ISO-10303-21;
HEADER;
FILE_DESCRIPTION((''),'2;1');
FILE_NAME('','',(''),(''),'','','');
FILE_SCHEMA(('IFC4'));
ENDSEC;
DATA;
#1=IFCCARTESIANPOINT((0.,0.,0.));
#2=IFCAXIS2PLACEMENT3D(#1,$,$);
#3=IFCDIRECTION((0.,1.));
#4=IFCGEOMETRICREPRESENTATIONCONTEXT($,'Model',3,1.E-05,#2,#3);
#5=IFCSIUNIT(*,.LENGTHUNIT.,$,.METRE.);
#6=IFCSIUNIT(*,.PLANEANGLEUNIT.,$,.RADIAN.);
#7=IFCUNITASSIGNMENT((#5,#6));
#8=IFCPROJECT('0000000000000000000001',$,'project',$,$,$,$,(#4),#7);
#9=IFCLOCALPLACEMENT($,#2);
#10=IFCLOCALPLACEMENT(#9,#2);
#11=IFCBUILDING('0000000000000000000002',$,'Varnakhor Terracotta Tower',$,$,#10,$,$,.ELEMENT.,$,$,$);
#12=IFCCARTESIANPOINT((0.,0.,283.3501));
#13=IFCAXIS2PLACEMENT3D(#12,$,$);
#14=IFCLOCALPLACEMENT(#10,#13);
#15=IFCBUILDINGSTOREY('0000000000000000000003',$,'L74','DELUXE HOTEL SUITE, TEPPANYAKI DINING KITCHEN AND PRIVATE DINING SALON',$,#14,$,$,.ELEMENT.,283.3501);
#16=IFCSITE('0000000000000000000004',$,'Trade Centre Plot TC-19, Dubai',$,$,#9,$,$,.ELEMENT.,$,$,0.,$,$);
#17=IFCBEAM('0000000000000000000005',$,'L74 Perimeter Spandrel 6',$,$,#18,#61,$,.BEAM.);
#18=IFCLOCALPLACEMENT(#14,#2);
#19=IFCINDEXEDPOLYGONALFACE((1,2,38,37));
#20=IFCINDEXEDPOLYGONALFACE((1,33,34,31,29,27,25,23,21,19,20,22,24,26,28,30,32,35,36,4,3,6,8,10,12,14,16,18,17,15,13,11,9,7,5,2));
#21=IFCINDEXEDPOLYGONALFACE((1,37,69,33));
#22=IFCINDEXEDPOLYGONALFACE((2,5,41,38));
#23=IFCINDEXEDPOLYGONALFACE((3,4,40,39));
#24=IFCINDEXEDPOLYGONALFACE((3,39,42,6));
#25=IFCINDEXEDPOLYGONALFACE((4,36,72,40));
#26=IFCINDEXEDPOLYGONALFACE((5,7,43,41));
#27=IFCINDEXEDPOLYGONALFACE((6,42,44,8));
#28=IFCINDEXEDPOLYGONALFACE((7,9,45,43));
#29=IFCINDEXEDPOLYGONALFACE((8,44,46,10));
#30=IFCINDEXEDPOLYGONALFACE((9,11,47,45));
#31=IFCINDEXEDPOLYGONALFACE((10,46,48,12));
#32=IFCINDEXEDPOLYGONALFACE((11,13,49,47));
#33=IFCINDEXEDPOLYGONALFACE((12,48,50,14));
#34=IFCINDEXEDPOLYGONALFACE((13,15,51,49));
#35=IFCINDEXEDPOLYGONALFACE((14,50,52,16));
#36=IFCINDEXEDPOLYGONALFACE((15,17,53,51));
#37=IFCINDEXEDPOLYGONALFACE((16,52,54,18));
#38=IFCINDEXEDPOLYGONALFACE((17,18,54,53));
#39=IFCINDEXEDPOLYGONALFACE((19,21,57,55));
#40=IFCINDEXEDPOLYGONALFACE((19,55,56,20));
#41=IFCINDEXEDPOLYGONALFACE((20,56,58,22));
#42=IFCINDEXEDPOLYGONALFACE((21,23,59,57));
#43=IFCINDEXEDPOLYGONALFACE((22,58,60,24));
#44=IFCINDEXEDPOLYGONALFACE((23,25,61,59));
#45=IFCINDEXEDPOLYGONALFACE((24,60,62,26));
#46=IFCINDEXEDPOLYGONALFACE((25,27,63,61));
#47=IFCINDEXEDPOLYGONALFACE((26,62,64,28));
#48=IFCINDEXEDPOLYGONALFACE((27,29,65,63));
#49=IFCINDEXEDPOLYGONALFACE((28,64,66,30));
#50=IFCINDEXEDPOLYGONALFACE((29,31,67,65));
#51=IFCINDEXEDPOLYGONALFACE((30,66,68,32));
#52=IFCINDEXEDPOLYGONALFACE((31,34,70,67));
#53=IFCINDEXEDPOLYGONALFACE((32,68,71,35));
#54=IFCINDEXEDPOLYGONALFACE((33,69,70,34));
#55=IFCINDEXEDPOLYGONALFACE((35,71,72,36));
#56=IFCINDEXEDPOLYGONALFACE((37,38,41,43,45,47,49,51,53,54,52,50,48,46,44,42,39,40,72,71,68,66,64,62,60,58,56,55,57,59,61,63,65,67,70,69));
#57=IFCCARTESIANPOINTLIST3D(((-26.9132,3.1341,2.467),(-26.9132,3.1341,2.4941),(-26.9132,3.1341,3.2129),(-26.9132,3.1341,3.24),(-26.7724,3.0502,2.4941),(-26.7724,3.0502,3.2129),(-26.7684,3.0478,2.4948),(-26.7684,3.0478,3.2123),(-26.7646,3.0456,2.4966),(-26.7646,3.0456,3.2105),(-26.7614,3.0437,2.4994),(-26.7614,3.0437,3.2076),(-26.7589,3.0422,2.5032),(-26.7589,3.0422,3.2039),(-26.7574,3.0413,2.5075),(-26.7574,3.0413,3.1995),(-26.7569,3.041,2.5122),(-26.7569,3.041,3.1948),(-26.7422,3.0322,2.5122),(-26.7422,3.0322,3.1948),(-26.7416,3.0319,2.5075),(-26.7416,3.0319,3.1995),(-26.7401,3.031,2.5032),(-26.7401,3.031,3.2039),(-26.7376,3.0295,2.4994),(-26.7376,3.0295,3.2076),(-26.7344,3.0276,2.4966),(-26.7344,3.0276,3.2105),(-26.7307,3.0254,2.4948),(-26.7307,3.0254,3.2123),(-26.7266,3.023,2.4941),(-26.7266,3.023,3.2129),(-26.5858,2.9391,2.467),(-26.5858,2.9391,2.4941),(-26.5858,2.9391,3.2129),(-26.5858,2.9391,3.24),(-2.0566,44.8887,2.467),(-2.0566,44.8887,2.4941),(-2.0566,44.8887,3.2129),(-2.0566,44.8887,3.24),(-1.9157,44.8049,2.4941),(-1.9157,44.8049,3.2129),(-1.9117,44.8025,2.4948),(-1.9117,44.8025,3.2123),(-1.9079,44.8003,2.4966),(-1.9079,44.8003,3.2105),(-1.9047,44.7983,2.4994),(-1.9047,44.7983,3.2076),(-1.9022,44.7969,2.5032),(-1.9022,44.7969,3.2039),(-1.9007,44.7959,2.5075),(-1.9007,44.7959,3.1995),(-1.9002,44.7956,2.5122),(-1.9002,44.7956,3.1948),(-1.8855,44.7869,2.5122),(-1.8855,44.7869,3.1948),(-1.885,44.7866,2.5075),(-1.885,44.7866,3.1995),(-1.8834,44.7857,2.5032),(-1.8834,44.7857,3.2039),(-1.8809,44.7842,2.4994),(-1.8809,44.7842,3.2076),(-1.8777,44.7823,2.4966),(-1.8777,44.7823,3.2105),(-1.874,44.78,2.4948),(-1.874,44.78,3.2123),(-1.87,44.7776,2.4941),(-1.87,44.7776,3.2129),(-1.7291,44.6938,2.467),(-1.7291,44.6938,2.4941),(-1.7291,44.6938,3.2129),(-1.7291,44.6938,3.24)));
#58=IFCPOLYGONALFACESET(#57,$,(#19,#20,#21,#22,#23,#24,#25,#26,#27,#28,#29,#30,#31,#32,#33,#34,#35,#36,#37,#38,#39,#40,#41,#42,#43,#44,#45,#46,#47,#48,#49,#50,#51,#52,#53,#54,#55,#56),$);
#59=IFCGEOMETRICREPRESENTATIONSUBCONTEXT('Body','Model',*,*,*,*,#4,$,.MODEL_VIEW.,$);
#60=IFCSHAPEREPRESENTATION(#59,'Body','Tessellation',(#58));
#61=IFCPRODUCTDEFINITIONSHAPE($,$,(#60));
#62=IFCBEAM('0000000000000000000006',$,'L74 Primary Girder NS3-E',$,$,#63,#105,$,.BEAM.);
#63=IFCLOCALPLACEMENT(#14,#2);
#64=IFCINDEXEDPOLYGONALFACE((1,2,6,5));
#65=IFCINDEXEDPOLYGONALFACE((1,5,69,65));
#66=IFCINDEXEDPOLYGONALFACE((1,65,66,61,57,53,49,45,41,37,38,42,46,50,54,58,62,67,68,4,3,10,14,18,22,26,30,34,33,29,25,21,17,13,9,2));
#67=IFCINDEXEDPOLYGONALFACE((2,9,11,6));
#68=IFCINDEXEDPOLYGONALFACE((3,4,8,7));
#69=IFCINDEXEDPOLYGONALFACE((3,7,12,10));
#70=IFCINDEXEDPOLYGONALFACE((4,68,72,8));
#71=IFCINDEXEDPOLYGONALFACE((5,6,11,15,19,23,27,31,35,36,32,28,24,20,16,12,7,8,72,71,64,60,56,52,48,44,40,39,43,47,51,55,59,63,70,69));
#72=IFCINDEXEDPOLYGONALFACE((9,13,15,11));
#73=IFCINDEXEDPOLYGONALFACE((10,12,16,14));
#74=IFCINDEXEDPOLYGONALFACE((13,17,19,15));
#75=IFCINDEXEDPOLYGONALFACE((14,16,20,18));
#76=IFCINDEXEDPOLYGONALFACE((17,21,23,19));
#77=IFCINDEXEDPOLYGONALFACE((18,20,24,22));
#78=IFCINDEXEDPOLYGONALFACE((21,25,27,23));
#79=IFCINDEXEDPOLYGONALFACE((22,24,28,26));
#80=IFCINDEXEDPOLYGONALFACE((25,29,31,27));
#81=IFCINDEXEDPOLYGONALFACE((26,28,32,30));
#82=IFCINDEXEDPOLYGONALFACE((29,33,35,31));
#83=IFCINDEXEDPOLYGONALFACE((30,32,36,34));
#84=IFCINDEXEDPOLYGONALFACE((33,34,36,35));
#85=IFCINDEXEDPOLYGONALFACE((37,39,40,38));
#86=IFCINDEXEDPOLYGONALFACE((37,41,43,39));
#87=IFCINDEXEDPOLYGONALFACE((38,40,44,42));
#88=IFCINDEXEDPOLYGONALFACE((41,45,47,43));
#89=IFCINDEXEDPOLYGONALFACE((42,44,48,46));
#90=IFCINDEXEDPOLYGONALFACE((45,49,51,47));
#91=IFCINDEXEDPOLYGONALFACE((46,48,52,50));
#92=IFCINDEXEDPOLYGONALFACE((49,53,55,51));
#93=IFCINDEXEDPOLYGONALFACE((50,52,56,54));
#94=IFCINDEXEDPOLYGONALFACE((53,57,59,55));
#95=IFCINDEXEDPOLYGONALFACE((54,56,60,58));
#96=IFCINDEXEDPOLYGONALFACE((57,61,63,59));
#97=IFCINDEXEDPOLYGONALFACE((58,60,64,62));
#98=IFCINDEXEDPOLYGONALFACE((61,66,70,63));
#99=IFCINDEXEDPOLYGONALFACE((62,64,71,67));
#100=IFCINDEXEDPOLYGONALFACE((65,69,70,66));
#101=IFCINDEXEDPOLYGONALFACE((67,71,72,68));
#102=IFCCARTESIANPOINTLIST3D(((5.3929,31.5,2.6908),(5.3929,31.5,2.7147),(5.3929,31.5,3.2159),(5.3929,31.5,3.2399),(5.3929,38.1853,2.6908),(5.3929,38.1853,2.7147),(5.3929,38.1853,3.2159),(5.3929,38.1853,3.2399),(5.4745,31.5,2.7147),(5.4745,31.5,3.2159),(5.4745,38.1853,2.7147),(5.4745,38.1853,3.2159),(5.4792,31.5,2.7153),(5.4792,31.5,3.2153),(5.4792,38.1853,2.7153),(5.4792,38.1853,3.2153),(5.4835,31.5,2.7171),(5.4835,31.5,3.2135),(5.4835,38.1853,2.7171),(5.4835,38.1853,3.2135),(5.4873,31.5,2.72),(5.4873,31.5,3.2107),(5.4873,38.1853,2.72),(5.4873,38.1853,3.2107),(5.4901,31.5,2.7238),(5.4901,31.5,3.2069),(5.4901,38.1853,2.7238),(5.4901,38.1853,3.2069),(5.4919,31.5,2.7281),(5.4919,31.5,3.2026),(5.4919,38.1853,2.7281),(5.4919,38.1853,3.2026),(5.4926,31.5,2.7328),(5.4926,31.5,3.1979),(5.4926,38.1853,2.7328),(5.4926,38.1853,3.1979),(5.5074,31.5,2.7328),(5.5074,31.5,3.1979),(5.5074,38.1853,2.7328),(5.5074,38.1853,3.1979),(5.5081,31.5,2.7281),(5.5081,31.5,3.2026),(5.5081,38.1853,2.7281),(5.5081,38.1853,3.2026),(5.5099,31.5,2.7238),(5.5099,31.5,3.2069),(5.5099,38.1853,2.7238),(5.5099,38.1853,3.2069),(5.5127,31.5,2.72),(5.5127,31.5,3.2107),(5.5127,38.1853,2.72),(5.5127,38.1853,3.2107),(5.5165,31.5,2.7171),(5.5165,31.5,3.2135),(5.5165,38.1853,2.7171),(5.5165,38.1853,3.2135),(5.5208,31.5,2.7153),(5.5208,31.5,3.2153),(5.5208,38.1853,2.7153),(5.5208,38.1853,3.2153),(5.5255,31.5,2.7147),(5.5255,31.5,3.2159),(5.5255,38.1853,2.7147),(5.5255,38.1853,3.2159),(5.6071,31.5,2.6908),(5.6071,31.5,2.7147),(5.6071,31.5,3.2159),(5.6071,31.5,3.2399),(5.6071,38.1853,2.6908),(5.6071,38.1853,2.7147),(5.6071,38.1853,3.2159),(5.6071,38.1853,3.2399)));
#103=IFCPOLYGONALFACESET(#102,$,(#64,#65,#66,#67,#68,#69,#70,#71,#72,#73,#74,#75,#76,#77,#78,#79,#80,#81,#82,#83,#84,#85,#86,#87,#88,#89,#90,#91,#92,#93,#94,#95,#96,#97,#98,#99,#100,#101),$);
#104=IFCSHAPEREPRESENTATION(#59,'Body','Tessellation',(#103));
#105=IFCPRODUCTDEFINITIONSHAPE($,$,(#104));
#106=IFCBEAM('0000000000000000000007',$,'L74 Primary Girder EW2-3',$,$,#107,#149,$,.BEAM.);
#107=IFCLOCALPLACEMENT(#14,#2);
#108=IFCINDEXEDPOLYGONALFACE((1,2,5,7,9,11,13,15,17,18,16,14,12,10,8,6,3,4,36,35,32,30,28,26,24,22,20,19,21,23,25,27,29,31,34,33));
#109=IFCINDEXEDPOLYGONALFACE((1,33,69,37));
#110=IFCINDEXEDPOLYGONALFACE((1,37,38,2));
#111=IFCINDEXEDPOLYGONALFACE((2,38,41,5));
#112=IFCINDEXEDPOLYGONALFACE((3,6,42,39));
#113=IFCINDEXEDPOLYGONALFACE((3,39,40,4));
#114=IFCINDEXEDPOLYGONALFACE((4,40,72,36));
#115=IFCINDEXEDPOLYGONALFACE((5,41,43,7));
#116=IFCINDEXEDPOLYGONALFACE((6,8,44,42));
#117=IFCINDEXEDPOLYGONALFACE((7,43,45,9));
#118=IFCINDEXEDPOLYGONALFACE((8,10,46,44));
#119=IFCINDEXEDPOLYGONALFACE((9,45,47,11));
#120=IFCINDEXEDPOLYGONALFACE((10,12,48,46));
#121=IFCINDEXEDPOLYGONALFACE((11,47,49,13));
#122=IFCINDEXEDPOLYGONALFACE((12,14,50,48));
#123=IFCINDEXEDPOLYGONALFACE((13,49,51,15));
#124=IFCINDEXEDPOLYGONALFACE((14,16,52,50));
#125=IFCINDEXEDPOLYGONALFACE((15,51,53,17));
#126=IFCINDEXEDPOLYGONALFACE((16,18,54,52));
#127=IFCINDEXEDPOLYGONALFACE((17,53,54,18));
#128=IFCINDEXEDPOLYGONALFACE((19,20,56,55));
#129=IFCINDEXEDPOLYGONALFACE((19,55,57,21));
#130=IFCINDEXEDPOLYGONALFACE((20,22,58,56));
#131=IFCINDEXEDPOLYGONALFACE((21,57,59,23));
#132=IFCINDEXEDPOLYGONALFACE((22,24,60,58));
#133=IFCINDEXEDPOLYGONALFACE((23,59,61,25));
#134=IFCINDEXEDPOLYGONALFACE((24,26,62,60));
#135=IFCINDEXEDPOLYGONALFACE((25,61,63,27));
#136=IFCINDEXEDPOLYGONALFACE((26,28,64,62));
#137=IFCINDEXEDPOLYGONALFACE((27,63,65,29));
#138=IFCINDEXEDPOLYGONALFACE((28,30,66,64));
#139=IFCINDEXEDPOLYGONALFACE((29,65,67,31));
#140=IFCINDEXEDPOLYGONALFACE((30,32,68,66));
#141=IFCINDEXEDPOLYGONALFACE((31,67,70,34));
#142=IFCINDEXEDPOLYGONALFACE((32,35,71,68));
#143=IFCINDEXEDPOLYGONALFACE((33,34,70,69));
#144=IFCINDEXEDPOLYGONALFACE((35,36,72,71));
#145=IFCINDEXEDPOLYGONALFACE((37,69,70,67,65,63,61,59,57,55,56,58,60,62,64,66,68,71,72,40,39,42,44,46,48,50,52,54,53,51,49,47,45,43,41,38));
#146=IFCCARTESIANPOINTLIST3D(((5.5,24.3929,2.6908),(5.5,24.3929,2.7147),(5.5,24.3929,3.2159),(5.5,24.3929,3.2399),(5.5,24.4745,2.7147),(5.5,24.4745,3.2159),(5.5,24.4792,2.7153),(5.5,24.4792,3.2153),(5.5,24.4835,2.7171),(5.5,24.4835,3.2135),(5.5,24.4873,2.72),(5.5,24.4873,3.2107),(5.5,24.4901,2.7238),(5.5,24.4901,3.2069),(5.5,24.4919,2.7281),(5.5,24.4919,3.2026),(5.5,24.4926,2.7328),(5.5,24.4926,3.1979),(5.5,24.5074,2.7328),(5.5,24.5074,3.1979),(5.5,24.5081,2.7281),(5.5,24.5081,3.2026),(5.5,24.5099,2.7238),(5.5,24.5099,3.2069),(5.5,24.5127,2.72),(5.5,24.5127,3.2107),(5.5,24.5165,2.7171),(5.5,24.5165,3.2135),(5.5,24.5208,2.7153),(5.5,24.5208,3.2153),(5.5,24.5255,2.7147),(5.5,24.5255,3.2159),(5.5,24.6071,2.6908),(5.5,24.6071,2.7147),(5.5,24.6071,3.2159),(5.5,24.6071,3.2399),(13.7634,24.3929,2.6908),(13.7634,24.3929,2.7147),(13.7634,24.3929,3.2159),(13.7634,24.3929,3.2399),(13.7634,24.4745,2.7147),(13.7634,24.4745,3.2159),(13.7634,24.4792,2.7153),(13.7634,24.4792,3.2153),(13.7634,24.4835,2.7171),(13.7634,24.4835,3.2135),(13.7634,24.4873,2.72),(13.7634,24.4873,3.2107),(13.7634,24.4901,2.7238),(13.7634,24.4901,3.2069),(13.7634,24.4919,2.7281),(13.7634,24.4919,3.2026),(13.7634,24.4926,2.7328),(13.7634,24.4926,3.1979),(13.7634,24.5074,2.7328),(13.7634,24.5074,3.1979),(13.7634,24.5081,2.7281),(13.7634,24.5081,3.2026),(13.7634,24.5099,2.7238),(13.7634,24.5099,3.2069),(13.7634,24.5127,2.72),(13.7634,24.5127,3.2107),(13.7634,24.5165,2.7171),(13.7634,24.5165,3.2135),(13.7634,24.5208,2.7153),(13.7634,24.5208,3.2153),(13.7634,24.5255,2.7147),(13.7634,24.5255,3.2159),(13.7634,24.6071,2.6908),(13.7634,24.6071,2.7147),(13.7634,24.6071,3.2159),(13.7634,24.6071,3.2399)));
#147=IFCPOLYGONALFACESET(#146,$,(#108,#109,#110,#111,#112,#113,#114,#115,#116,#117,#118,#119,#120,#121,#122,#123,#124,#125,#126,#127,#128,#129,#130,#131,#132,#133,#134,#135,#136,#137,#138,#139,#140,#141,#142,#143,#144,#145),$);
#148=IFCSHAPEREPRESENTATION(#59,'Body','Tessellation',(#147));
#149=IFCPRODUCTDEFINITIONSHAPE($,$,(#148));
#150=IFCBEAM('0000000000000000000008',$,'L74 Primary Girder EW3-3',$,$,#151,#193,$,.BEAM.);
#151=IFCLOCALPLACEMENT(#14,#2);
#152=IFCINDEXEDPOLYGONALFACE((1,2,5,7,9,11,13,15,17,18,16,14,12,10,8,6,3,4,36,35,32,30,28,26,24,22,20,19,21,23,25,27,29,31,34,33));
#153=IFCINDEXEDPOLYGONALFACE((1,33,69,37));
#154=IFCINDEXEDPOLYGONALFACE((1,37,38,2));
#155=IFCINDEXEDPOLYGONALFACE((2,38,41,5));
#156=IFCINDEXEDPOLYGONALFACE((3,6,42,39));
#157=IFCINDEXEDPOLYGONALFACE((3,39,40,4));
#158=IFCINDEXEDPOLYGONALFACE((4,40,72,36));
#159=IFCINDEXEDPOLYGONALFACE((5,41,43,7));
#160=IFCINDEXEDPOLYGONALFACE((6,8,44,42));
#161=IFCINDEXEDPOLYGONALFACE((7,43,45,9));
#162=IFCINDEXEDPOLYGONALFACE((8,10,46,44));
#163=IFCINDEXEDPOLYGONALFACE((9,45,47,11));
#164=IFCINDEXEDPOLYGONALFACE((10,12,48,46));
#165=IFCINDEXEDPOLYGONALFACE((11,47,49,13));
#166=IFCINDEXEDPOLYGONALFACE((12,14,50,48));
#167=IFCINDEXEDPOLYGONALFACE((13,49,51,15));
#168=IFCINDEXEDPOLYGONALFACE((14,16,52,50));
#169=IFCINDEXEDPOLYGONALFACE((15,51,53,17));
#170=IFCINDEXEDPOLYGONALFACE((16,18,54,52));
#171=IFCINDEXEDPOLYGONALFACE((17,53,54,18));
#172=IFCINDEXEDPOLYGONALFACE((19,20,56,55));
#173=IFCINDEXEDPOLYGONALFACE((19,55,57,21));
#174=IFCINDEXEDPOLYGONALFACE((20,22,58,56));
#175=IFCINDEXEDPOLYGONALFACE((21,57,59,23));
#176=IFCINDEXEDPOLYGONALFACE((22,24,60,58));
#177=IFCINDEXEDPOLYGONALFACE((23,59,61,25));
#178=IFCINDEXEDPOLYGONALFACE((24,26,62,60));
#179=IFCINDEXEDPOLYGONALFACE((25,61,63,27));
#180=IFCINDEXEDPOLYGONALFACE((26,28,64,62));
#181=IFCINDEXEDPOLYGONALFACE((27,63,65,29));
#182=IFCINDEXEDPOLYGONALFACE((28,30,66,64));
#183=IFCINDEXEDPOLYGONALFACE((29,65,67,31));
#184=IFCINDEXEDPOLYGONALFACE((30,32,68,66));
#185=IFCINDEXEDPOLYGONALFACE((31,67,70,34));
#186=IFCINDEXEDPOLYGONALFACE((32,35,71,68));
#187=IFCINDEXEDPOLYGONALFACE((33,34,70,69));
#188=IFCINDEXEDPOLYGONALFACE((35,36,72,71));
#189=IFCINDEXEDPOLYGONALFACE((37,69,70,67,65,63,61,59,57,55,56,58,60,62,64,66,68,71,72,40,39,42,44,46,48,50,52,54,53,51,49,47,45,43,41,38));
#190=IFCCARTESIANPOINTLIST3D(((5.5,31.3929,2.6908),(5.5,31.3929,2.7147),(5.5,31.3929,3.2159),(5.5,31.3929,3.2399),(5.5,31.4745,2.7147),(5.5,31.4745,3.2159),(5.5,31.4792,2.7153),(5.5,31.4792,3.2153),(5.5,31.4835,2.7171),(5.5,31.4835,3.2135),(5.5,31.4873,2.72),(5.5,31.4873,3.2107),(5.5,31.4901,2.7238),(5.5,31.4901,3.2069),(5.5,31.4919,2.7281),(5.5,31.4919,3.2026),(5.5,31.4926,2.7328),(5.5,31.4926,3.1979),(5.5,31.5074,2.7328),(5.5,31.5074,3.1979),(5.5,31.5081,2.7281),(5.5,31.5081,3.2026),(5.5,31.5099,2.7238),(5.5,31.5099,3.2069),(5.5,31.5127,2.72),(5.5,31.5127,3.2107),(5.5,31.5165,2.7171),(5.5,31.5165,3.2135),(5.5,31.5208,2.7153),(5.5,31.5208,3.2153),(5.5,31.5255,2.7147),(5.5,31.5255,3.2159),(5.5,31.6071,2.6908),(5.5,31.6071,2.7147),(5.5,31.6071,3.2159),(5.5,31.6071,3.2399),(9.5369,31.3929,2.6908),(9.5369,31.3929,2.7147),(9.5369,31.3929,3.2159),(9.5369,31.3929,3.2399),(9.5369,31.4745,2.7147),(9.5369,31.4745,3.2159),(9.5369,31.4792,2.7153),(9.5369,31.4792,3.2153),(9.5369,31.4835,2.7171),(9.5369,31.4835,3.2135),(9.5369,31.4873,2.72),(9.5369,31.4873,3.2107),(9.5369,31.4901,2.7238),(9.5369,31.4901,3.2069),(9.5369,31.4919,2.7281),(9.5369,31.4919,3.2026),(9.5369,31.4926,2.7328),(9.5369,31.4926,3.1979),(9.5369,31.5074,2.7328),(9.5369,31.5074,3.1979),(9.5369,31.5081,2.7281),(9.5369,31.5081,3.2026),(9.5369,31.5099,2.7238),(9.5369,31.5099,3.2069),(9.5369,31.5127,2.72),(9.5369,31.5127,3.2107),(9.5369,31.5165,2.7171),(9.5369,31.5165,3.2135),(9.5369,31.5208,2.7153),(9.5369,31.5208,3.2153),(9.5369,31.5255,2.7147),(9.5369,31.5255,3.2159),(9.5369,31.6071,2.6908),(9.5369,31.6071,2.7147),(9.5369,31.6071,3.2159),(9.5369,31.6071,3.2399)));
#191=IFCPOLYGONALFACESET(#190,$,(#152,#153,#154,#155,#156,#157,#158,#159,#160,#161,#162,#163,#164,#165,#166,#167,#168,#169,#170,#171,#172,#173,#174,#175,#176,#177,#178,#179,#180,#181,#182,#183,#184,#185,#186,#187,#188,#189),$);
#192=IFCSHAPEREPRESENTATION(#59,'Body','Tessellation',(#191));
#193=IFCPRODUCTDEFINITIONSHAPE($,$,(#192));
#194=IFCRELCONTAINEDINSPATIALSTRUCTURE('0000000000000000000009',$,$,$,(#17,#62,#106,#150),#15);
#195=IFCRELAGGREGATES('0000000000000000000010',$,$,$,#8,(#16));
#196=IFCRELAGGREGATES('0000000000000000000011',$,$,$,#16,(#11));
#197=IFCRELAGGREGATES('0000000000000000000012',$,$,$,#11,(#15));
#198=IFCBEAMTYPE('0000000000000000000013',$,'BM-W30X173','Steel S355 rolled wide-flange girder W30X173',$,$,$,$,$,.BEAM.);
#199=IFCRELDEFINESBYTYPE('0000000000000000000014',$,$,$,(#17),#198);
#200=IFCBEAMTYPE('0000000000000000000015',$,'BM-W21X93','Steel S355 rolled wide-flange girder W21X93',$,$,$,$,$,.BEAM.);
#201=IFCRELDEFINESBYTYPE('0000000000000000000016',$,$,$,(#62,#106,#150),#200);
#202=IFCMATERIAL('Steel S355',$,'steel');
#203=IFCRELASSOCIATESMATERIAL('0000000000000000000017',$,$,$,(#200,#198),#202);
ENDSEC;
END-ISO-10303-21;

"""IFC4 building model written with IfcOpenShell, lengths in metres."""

from ifc_helpers import new_model, si_unit, direction, frame, origin, origin_2d, place, context, subcontext, project, spatial, i_section, extrude, source, transform, mapped, material, material_profile, profile_set, type_object, element, save


model = new_model("IFC4")

# Units and contexts
model_context = context("Model", 3, precision=1e-05, world=origin(), true_north=direction((0.0, 1.0)))
body_context = subcontext(model_context, "Body", "Model", "MODEL_VIEW")
ifc_project = project(units=[si_unit("LENGTHUNIT", "METRE"), si_unit("PLANEANGLEUNIT", "RADIAN")], contexts=[model_context])

# Site, building, storey
site_placement = place(None, origin())
site = spatial("IfcSite", under=ifc_project, at=site_placement, Name="Trade Centre Plot TC-19, Dubai", CompositionType="ELEMENT", RefElevation=0.0)
building_placement = place(site_placement, origin())
building = spatial("IfcBuilding", under=site, at=building_placement, Name="Varnakhor Terracotta Tower", CompositionType="ELEMENT")
storey_placement = place(building_placement, frame((0.0, 0.0, 283.3501)))
storey = spatial("IfcBuildingStorey", under=building, at=storey_placement, Name="L74", Description="DELUXE HOTEL SUITE, TEPPANYAKI DINING KITCHEN AND PRIVATE DINING SALON", CompositionType="ELEMENT", Elevation=283.3501)

# Shared definitions
ifc_material_1 = material(Name="Steel S355", Category="steel")

# Beams
ifc_material_profile_1 = material_profile(ifc_material_1, i_section(OverallWidth=0.2141, OverallDepth=0.5491, WebThickness=0.0149, FlangeThickness=0.0239, FilletRadius=0.0181, at=origin_2d()), Name="W21X93")
ifc_profile_set_1 = profile_set([ifc_material_profile_1], Name="Steel S355")
beam_type_1 = type_object("IfcBeamType", Name="BM-W21X93", Description="Steel S355 rolled wide-flange girder W21X93", PredefinedType="BEAM", material=ifc_profile_set_1)
ifc_material_profile_2 = material_profile(ifc_material_1, i_section(OverallWidth=0.3811, OverallDepth=0.7729, WebThickness=0.0171, FlangeThickness=0.0271, FilletRadius=0.0181, at=origin_2d()), Name="W30X173")
ifc_profile_set_2 = profile_set([ifc_material_profile_2], Name="Steel S355")
beam_type_2 = type_object("IfcBeamType", Name="BM-W30X173", Description="Steel S355 rolled wide-flange girder W30X173", PredefinedType="BEAM", material=ifc_profile_set_2)
shared_shape_1 = source(origin(), body_context, "Body", "SweptSolid", [
    extrude(i_section(OverallWidth=0.3811, OverallDepth=0.7729, WebThickness=0.0171, FlangeThickness=0.0271, FilletRadius=0.0181, at=origin_2d()), origin(), (0.0, 0.0, 1.0), 48.5933),
])
beam_1_placement = place(storey_placement, frame((-1.8928, 44.7913, 2.8535), z_axis=(-0.511525, -0.859268, 0.0), x_axis=(0.859268, -0.511525, 0.0)))
element("IfcBeam", 1, at=beam_1_placement, inside=storey, type_object=beam_type_2, Name="L74 Perimeter Spandrel 6", PredefinedType="BEAM", context=body_context, shape_type="MappedRepresentation", body=[
    mapped(shared_shape_1, transform((0.0, 0.0, 0.0), scale=1.0)),
])
shared_shape_2 = source(origin(), body_context, "Body", "SweptSolid", [
    extrude(i_section(OverallWidth=0.2141, OverallDepth=0.5491, WebThickness=0.0149, FlangeThickness=0.0239, FilletRadius=0.0181, at=origin_2d()), origin(), (0.0, 0.0, 1.0), 6.6853),
])
beam_2_placement = place(storey_placement, frame((5.5, 31.5, 2.9653), z_axis=(0.0, 1.0, 0.0), x_axis=(-1.0, 0.0, 0.0)))
element("IfcBeam", 2, at=beam_2_placement, inside=storey, type_object=beam_type_1, Name="L74 Primary Girder NS3-E", PredefinedType="BEAM", context=body_context, shape_type="MappedRepresentation", body=[
    mapped(shared_shape_2, transform((0.0, 0.0, 0.0), scale=1.0)),
])
shared_shape_3 = source(origin(), body_context, "Body", "SweptSolid", [
    extrude(i_section(OverallWidth=0.2141, OverallDepth=0.5491, WebThickness=0.0149, FlangeThickness=0.0239, FilletRadius=0.0181, at=origin_2d()), origin(), (0.0, 0.0, 1.0), 8.2634),
])
beam_3_placement = place(storey_placement, frame((5.5, 24.5, 2.9653), z_axis=(1.0, 0.0, 0.0), x_axis=(0.0, 1.0, 0.0)))
element("IfcBeam", 3, at=beam_3_placement, inside=storey, type_object=beam_type_1, Name="L74 Primary Girder EW2-3", PredefinedType="BEAM", context=body_context, shape_type="MappedRepresentation", body=[
    mapped(shared_shape_3, transform((0.0, 0.0, 0.0), scale=1.0)),
])
shared_shape_4 = source(origin(), body_context, "Body", "SweptSolid", [
    extrude(i_section(OverallWidth=0.2141, OverallDepth=0.5491, WebThickness=0.0149, FlangeThickness=0.0239, FilletRadius=0.0181, at=origin_2d()), origin(), (0.0, 0.0, 1.0), 4.0369),
])
beam_4_placement = place(storey_placement, frame((5.5, 31.5, 2.9653), z_axis=(1.0, 0.0, 0.0), x_axis=(0.0, 1.0, 0.0)))
element("IfcBeam", 4, at=beam_4_placement, inside=storey, type_object=beam_type_1, Name="L74 Primary Girder EW3-3", PredefinedType="BEAM", context=body_context, shape_type="MappedRepresentation", body=[
    mapped(shared_shape_4, transform((0.0, 0.0, 0.0), scale=1.0)),
])

save(model, "model.ifc")
